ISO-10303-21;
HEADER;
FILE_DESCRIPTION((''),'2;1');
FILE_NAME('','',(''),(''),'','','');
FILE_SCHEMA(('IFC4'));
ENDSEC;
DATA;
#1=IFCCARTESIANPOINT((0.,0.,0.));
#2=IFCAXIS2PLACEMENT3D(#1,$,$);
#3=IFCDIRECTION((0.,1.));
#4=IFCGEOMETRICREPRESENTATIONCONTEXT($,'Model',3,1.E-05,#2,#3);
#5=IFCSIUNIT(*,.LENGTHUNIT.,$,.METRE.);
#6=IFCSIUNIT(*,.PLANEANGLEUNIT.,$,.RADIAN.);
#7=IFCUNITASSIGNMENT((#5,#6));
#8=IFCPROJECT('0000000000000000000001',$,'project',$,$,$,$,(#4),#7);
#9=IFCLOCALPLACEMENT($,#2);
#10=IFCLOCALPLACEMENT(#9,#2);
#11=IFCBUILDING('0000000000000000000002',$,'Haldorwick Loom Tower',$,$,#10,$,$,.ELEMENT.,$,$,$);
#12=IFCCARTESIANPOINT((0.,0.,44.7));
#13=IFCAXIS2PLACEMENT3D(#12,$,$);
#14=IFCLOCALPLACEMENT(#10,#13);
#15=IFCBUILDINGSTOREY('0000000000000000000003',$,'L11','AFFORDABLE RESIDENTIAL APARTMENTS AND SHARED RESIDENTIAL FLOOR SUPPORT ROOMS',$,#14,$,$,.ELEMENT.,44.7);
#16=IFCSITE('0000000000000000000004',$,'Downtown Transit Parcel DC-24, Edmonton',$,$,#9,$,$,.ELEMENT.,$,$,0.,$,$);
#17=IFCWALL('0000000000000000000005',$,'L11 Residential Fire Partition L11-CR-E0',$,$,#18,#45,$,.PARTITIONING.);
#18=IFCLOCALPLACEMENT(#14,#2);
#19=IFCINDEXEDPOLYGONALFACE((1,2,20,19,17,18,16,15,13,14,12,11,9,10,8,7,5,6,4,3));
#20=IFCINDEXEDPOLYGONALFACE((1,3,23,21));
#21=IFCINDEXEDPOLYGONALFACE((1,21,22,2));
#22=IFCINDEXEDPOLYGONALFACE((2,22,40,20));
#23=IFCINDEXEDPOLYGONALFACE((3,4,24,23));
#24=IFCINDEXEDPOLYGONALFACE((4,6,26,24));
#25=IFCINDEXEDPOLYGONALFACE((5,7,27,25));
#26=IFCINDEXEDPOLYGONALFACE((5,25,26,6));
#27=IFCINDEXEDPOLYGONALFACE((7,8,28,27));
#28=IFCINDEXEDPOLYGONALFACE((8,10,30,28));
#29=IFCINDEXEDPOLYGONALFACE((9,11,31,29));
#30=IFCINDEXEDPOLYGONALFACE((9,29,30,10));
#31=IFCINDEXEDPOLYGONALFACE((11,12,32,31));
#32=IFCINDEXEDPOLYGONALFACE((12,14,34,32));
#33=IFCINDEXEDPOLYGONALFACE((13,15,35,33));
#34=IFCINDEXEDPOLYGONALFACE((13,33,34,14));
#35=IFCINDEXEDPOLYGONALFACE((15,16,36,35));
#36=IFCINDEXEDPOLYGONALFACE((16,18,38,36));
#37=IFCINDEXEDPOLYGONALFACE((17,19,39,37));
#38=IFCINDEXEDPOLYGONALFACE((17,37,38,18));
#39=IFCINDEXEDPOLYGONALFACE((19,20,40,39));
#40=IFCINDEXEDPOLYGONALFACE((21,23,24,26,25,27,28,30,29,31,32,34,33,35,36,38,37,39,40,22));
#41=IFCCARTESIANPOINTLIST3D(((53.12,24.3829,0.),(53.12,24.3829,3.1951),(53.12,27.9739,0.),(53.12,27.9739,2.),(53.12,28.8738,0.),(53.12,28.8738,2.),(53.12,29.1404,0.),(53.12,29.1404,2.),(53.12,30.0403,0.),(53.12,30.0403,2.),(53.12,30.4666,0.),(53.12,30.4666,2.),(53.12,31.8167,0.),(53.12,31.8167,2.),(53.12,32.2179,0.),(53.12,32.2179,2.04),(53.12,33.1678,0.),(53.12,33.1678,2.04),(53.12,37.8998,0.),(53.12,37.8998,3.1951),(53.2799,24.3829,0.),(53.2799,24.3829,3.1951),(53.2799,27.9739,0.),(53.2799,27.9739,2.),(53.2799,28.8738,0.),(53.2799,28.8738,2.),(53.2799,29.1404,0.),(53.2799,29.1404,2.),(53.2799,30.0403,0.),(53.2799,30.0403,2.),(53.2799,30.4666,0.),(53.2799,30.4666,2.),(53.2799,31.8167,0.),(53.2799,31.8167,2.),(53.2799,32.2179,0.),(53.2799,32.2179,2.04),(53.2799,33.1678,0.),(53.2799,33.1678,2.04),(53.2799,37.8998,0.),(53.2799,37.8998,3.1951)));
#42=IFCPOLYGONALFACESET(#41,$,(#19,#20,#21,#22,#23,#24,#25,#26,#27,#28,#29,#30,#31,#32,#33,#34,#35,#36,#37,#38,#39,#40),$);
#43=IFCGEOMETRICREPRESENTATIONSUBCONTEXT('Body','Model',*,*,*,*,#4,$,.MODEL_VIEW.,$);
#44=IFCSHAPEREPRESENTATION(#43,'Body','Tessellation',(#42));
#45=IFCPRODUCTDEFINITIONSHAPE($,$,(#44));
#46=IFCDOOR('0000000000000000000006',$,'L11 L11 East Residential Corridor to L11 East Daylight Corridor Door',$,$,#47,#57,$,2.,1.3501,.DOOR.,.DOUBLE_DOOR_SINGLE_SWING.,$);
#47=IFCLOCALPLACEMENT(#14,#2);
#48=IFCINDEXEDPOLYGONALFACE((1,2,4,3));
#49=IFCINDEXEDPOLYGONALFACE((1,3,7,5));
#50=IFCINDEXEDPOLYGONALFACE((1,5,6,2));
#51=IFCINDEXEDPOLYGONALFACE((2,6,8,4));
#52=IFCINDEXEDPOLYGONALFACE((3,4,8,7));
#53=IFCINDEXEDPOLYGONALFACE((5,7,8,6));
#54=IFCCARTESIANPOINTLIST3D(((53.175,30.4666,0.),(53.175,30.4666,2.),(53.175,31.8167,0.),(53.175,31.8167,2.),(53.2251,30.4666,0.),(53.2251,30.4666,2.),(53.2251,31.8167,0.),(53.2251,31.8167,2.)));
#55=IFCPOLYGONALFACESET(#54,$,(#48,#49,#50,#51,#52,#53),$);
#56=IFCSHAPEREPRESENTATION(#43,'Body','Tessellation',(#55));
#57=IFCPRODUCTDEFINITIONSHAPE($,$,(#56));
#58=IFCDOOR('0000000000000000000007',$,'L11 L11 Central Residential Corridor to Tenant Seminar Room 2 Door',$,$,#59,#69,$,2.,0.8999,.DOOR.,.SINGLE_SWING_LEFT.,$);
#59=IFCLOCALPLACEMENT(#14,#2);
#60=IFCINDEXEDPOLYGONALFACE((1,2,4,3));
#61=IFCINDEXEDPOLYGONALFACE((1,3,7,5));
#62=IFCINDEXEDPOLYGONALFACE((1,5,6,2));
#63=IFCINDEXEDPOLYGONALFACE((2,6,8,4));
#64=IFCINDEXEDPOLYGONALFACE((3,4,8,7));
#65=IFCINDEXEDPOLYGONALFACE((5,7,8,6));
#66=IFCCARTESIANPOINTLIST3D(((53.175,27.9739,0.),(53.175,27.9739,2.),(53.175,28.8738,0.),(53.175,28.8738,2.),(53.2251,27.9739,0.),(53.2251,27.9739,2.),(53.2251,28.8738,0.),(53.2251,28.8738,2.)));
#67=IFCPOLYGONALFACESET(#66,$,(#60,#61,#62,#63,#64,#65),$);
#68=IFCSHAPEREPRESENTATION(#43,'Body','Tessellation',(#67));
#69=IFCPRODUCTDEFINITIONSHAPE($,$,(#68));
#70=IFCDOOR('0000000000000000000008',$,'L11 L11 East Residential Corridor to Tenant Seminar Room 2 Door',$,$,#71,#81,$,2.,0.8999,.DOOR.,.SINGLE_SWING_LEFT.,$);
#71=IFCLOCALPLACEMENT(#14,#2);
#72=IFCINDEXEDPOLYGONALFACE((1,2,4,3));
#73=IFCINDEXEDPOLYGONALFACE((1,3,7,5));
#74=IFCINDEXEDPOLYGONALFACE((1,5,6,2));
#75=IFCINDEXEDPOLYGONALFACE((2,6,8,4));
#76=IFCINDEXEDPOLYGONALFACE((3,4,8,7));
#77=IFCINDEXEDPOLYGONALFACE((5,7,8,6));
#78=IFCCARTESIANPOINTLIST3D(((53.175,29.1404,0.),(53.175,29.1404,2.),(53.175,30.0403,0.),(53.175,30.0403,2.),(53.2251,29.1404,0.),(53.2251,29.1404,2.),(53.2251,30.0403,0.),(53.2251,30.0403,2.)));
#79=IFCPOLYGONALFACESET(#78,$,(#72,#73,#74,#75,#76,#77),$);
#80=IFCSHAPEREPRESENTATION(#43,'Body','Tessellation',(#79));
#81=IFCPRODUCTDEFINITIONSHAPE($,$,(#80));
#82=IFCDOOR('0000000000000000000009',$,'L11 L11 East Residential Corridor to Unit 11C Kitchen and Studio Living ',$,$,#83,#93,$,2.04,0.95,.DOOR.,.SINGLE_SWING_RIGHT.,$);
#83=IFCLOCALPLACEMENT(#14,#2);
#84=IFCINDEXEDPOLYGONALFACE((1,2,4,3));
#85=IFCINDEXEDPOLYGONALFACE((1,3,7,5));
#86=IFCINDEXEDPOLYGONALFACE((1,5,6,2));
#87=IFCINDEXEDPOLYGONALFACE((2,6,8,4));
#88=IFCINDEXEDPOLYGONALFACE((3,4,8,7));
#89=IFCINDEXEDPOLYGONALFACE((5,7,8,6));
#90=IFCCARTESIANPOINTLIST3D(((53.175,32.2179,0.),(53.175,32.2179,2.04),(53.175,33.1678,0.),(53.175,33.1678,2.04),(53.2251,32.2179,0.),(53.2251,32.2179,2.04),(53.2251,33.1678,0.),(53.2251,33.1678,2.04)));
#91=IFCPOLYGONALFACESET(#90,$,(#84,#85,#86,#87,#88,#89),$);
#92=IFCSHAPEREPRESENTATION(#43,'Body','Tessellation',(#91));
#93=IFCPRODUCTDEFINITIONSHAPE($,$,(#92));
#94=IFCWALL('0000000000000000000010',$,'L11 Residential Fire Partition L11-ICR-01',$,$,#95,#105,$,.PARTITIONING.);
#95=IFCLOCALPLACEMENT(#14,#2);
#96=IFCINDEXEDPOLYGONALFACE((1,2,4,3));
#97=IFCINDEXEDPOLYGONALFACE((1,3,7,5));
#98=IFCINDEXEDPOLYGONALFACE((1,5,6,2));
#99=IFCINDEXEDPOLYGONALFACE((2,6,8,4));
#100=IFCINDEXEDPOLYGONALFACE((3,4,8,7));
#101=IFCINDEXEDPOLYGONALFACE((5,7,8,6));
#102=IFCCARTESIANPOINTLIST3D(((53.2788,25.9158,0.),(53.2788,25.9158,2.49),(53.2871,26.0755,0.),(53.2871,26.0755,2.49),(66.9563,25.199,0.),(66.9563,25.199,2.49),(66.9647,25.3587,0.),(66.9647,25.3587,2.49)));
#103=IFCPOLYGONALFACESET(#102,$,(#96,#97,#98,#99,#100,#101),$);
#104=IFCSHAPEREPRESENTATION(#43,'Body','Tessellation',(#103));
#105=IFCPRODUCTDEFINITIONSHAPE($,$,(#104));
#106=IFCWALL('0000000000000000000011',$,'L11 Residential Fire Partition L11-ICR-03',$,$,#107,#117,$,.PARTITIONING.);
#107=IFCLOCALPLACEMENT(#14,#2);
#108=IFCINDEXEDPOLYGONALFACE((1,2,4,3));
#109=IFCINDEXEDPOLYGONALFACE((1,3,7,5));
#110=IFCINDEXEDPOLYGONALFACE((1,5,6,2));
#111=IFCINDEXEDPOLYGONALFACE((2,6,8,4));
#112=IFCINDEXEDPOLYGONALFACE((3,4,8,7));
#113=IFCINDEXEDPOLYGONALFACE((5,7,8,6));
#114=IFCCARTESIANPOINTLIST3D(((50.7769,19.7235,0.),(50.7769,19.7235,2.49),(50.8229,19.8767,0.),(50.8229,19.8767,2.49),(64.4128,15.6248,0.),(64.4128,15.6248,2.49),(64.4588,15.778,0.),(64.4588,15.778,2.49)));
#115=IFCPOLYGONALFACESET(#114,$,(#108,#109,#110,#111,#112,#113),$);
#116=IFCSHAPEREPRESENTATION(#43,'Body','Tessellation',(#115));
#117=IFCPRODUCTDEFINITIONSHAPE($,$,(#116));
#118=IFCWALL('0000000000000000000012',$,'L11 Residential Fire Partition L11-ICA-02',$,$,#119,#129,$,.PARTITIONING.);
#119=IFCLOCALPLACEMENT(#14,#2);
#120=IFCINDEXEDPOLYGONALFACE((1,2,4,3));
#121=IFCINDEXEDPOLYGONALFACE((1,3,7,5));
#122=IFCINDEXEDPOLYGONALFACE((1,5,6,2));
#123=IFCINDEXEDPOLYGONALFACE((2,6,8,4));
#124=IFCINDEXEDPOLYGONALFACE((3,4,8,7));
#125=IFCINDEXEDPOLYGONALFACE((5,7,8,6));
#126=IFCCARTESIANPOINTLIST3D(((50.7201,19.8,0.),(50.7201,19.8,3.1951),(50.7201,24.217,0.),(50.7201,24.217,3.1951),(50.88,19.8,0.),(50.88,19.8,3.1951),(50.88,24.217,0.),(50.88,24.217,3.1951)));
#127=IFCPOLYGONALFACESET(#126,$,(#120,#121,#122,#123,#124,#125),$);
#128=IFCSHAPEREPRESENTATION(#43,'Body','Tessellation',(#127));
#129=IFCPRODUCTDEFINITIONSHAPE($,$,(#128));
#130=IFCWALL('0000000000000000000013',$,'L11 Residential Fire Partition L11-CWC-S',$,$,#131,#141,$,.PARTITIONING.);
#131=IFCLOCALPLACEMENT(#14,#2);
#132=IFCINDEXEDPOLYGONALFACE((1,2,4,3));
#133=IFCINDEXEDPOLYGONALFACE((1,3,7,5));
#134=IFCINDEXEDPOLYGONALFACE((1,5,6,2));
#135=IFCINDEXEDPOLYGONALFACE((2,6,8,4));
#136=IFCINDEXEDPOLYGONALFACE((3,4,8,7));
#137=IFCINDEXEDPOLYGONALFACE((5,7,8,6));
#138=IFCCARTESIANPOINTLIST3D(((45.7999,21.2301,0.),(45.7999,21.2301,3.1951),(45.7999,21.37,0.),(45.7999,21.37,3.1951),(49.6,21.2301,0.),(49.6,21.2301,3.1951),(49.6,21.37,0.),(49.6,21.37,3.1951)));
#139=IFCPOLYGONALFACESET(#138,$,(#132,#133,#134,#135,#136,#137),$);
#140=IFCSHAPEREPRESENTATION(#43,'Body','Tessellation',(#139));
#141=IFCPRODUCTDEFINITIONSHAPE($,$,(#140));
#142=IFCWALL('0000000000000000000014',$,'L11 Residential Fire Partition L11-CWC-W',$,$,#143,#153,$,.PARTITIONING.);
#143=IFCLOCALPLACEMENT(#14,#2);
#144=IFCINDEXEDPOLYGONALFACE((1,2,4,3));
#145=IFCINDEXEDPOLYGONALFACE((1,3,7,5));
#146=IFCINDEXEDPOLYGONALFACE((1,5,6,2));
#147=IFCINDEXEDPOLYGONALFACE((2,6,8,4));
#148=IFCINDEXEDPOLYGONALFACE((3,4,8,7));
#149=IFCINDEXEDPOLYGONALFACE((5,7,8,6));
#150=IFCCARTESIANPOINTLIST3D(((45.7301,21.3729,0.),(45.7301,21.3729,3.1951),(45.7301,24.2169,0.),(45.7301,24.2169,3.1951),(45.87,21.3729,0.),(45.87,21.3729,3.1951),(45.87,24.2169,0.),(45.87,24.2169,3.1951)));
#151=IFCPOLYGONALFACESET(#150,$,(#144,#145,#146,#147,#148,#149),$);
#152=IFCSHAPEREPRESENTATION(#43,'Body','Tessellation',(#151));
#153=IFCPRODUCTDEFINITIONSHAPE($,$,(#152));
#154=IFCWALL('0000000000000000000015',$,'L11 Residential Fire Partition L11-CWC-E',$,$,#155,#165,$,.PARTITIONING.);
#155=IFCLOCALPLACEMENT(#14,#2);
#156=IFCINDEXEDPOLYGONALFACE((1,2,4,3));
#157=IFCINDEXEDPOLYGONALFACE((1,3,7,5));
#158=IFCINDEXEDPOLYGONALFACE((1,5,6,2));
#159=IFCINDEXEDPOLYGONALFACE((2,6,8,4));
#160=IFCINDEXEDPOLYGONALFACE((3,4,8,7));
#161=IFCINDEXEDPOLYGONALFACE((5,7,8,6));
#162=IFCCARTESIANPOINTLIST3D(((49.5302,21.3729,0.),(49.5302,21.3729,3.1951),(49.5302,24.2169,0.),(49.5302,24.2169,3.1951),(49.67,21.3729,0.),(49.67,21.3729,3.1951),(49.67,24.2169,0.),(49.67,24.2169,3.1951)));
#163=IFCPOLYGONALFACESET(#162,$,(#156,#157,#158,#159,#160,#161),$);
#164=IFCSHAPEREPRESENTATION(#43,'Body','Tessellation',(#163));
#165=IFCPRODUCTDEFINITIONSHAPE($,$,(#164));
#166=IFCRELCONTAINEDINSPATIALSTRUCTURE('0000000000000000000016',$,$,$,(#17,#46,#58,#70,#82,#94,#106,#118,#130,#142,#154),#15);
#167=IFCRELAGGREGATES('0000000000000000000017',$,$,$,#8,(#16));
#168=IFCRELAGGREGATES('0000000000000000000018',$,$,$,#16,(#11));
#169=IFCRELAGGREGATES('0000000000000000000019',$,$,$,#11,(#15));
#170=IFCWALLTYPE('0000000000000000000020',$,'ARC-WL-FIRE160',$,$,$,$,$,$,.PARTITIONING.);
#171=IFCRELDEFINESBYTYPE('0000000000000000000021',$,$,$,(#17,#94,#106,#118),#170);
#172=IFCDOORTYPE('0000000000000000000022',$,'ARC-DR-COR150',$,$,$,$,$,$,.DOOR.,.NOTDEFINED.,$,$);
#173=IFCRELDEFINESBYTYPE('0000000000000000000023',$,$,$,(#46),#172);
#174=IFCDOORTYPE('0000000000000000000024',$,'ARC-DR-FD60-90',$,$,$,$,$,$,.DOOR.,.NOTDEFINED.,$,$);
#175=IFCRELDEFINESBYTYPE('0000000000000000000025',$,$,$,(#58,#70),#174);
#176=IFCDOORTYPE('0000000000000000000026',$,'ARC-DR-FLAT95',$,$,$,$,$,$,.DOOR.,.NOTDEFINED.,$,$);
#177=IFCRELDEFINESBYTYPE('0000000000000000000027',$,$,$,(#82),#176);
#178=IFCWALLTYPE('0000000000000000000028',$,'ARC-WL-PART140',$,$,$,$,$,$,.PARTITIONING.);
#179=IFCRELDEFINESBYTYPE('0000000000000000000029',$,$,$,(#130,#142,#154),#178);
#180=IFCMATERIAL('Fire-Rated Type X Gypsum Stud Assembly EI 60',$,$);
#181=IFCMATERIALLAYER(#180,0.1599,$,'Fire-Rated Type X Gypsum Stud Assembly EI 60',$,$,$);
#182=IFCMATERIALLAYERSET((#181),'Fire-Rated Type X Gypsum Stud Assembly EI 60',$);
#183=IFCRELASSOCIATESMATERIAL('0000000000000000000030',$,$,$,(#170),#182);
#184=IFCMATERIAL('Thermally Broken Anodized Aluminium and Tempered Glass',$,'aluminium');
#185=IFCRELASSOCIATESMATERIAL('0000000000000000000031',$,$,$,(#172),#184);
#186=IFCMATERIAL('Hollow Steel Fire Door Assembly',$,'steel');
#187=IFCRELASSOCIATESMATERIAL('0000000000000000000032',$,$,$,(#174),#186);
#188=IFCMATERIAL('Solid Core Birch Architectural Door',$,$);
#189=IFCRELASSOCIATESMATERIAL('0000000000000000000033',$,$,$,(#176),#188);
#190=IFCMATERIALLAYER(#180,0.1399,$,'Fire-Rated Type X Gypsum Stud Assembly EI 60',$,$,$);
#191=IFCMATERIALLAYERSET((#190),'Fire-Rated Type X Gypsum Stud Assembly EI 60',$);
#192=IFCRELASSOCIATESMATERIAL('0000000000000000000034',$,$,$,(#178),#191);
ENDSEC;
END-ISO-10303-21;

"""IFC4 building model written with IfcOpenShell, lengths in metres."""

from ifc_helpers import new_model, si_unit, direction, frame, frame_2d, origin, place, context, subcontext, project, spatial, rectangle, extrude, material, layer, layer_set, type_object, element, fill, save


model = new_model("IFC4")

# Units and contexts
model_context = context("Model", 3, precision=1e-05, world=origin(), true_north=direction((0.0, 1.0)))
body_context = subcontext(model_context, "Body", "Model", "MODEL_VIEW")
ifc_project = project(units=[si_unit("LENGTHUNIT", "METRE"), si_unit("PLANEANGLEUNIT", "RADIAN")], contexts=[model_context])

# Site, building, storey
site_placement = place(None, origin())
site = spatial("IfcSite", under=ifc_project, at=site_placement, Name="Downtown Transit Parcel DC-24, Edmonton", CompositionType="ELEMENT", RefElevation=0.0)
building_placement = place(site_placement, origin())
building = spatial("IfcBuilding", under=site, at=building_placement, Name="Haldorwick Loom Tower", CompositionType="ELEMENT")
storey_placement = place(building_placement, frame((0.0, 0.0, 44.7)))
storey = spatial("IfcBuildingStorey", under=building, at=storey_placement, Name="L11", Description="AFFORDABLE RESIDENTIAL APARTMENTS AND SHARED RESIDENTIAL FLOOR SUPPORT ROOMS", CompositionType="ELEMENT", Elevation=44.7)

# Wall, openings, doors
ifc_material_1 = material(Name="Fire-Rated Type X Gypsum Stud Assembly EI 60")
ifc_layer_1 = layer(ifc_material_1, 0.1599, Name="Fire-Rated Type X Gypsum Stud Assembly EI 60")
ifc_layer_set_1 = layer_set([ifc_layer_1], Name="Fire-Rated Type X Gypsum Stud Assembly EI 60")
wall_type_1 = type_object("IfcWallType", Name="ARC-WL-FIRE160", PredefinedType="PARTITIONING", material=ifc_layer_set_1)
wall_1_placement = place(storey_placement, frame((53.2, 24.3831, 0.0), z_axis=(0.0, 0.0, 1.0), x_axis=(0.0, 1.0, 0.0)))
wall_1 = element("IfcWall", 1, at=wall_1_placement, inside=storey, type_object=wall_type_1, Name="L11 Residential Fire Partition L11-CR-E0", PredefinedType="PARTITIONING", context=body_context, shape_type="SweptSolid", body=[
    extrude(rectangle(XDim=13.5168, YDim=0.1599, at=frame_2d((6.7583, 0.0))), origin(), (0.0, 0.0, 1.0), 3.1951),
])
opening_1_placement = place(wall_1_placement, frame((6.0835, 0.0, 0.0)))
opening_1 = element("IfcOpeningElement", 2, at=opening_1_placement, cuts=wall_1, PredefinedType="OPENING", context=body_context, shape_type="SweptSolid", body=[
    extrude(rectangle(XDim=1.3501, YDim=2.0, at=frame_2d((0.675, 1.0))), frame((0.0, 0.0898, 0.0), z_axis=(0.0, -1.0, 0.0), x_axis=(1.0, 0.0, 0.0)), (0.0, 0.0, 1.0), 0.1799),
])
opening_2_placement = place(wall_1_placement, frame((3.5908, 0.0, 0.0)))
opening_2 = element("IfcOpeningElement", 3, at=opening_2_placement, cuts=wall_1, PredefinedType="OPENING", context=body_context, shape_type="SweptSolid", body=[
    extrude(rectangle(XDim=0.8999, YDim=2.0, at=frame_2d((0.45, 1.0))), frame((0.0, 0.0898, 0.0), z_axis=(0.0, -1.0, 0.0), x_axis=(1.0, 0.0, 0.0)), (0.0, 0.0, 1.0), 0.1799),
])
opening_3_placement = place(wall_1_placement, frame((4.7573, 0.0, 0.0)))
opening_3 = element("IfcOpeningElement", 4, at=opening_3_placement, cuts=wall_1, PredefinedType="OPENING", context=body_context, shape_type="SweptSolid", body=[
    extrude(rectangle(XDim=0.8999, YDim=2.0, at=frame_2d((0.45, 1.0))), frame((0.0, 0.0898, 0.0), z_axis=(0.0, -1.0, 0.0), x_axis=(1.0, 0.0, 0.0)), (0.0, 0.0, 1.0), 0.1799),
])
opening_4_placement = place(wall_1_placement, frame((7.8347, 0.0, 0.0)))
opening_4 = element("IfcOpeningElement", 5, at=opening_4_placement, cuts=wall_1, PredefinedType="OPENING", context=body_context, shape_type="SweptSolid", body=[
    extrude(rectangle(XDim=0.95, YDim=2.04, at=frame_2d((0.4751, 1.02))), frame((0.0, 0.0898, 0.0), z_axis=(0.0, -1.0, 0.0), x_axis=(1.0, 0.0, 0.0)), (0.0, 0.0, 1.0), 0.1799),
])
ifc_material_2 = material(Name="Thermally Broken Anodized Aluminium and Tempered Glass", Category="aluminium")
door_type_1 = type_object("IfcDoorType", Name="ARC-DR-COR150", OperationType="NOTDEFINED", PredefinedType="DOOR", material=ifc_material_2)
door_1_placement = place(opening_1_placement, origin())
door_1 = element("IfcDoor", 6, at=door_1_placement, inside=storey, type_object=door_type_1, Name="L11 L11 East Residential Corridor to L11 East Daylight Corridor Door", OperationType="DOUBLE_DOOR_SINGLE_SWING", OverallHeight=2.0, OverallWidth=1.3501, PredefinedType="DOOR", context=body_context, shape_type="SweptSolid", body=[
    extrude(rectangle(XDim=1.3501, YDim=2.0, at=frame_2d((0.675, 1.0))), frame((0.0, 0.0249, 0.0), z_axis=(0.0, -1.0, 0.0), x_axis=(1.0, 0.0, 0.0)), (0.0, 0.0, 1.0), 0.05),
])
fill(opening_1, door_1)
ifc_material_3 = material(Name="Hollow Steel Fire Door Assembly", Category="steel")
door_type_2 = type_object("IfcDoorType", Name="ARC-DR-FD60-90", OperationType="NOTDEFINED", PredefinedType="DOOR", material=ifc_material_3)
door_2_placement = place(opening_2_placement, origin())
door_2 = element("IfcDoor", 7, at=door_2_placement, inside=storey, type_object=door_type_2, Name="L11 L11 Central Residential Corridor to Tenant Seminar Room 2 Door", OperationType="SINGLE_SWING_LEFT", OverallHeight=2.0, OverallWidth=0.8999, PredefinedType="DOOR", context=body_context, shape_type="SweptSolid", body=[
    extrude(rectangle(XDim=0.8999, YDim=2.0, at=frame_2d((0.45, 1.0))), frame((0.0, 0.0249, 0.0), z_axis=(0.0, -1.0, 0.0), x_axis=(1.0, 0.0, 0.0)), (0.0, 0.0, 1.0), 0.05),
])
fill(opening_2, door_2)
door_3_placement = place(opening_3_placement, origin())
door_3 = element("IfcDoor", 8, at=door_3_placement, inside=storey, type_object=door_type_2, Name="L11 L11 East Residential Corridor to Tenant Seminar Room 2 Door", OperationType="SINGLE_SWING_LEFT", OverallHeight=2.0, OverallWidth=0.8999, PredefinedType="DOOR", context=body_context, shape_type="SweptSolid", body=[
    extrude(rectangle(XDim=0.8999, YDim=2.0, at=frame_2d((0.45, 1.0))), frame((0.0, 0.0249, 0.0), z_axis=(0.0, -1.0, 0.0), x_axis=(1.0, 0.0, 0.0)), (0.0, 0.0, 1.0), 0.05),
])
fill(opening_3, door_3)
ifc_material_4 = material(Name="Solid Core Birch Architectural Door")
door_type_3 = type_object("IfcDoorType", Name="ARC-DR-FLAT95", OperationType="NOTDEFINED", PredefinedType="DOOR", material=ifc_material_4)
door_4_placement = place(opening_4_placement, origin())
door_4 = element("IfcDoor", 9, at=door_4_placement, inside=storey, type_object=door_type_3, Name="L11 L11 East Residential Corridor to Unit 11C Kitchen and Studio Living ", OperationType="SINGLE_SWING_RIGHT", OverallHeight=2.04, OverallWidth=0.95, PredefinedType="DOOR", context=body_context, shape_type="SweptSolid", body=[
    extrude(rectangle(XDim=0.95, YDim=2.04, at=frame_2d((0.4751, 1.02))), frame((0.0, 0.0249, 0.0), z_axis=(0.0, -1.0, 0.0), x_axis=(1.0, 0.0, 0.0)), (0.0, 0.0, 1.0), 0.05),
])
fill(opening_4, door_4)

# Walls
wall_2_placement = place(storey_placement, frame((53.283, 25.9956, 0.0), z_axis=(0.0, 0.0, 1.0), x_axis=(0.99863, -0.052335, 0.0)))
element("IfcWall", 10, at=wall_2_placement, inside=storey, type_object=wall_type_1, Name="L11 Residential Fire Partition L11-ICR-01", PredefinedType="PARTITIONING", context=body_context, shape_type="SweptSolid", body=[
    extrude(rectangle(XDim=13.6963, YDim=0.1599, at=frame_2d((6.8481, 0.0))), origin(), (0.0, 0.0, 1.0), 2.49),
])
wall_3_placement = place(storey_placement, frame((50.8, 19.8, 0.0), z_axis=(0.0, 0.0, 1.0), x_axis=(0.957673, -0.287858, 0.0)))
element("IfcWall", 11, at=wall_3_placement, inside=storey, type_object=wall_type_1, Name="L11 Residential Fire Partition L11-ICR-03", PredefinedType="PARTITIONING", context=body_context, shape_type="SweptSolid", body=[
    extrude(rectangle(XDim=14.2385, YDim=0.1599, at=frame_2d((7.1191, 0.0))), origin(), (0.0, 0.0, 1.0), 2.49),
])
wall_4_placement = place(storey_placement, frame((50.8, 24.217, 0.0), z_axis=(0.0, 0.0, 1.0), x_axis=(0.0, -1.0, 0.0)))
element("IfcWall", 12, at=wall_4_placement, inside=storey, type_object=wall_type_1, Name="L11 Residential Fire Partition L11-ICA-02", PredefinedType="PARTITIONING", context=body_context, shape_type="SweptSolid", body=[
    extrude(rectangle(XDim=4.417, YDim=0.1599, at=frame_2d((2.2085, 0.0))), origin(), (0.0, 0.0, 1.0), 3.1951),
])
ifc_layer_2 = layer(ifc_material_1, 0.1399, Name="Fire-Rated Type X Gypsum Stud Assembly EI 60")
ifc_layer_set_2 = layer_set([ifc_layer_2], Name="Fire-Rated Type X Gypsum Stud Assembly EI 60")
wall_type_2 = type_object("IfcWallType", Name="ARC-WL-PART140", PredefinedType="PARTITIONING", material=ifc_layer_set_2)
wall_5_placement = place(storey_placement, frame((45.8, 21.3, 0.0), z_axis=(0.0, 0.0, 1.0), x_axis=(1.0, 0.0, 0.0)))
element("IfcWall", 13, at=wall_5_placement, inside=storey, type_object=wall_type_2, Name="L11 Residential Fire Partition L11-CWC-S", PredefinedType="PARTITIONING", context=body_context, shape_type="SweptSolid", body=[
    extrude(rectangle(XDim=3.8, YDim=0.1399, at=frame_2d((1.8999, 0.0))), origin(), (0.0, 0.0, 1.0), 3.1951),
])
for number, where, z_axis, x_axis, name in (
    (14, (45.8, 21.373, 0.0), (0.0, 0.0, 1.0), (0.0, 1.0, 0.0), "L11 Residential Fire Partition L11-CWC-W"),
    (15, (49.6001, 21.373, 0.0), (0.0, 0.0, 1.0), (0.0, 1.0, 0.0), "L11 Residential Fire Partition L11-CWC-E"),
):
    element("IfcWall", number, at=place(storey_placement, frame(where, z_axis=z_axis, x_axis=x_axis)), inside=storey, type_object=wall_type_2, Name=name, PredefinedType="PARTITIONING", context=body_context, shape_type="SweptSolid", body=[
        extrude(rectangle(XDim=2.844, YDim=0.1399, at=frame_2d((1.4219, 0.0))), origin(), (0.0, 0.0, 1.0), 3.1951),
    ])

save(model, "model.ifc")
